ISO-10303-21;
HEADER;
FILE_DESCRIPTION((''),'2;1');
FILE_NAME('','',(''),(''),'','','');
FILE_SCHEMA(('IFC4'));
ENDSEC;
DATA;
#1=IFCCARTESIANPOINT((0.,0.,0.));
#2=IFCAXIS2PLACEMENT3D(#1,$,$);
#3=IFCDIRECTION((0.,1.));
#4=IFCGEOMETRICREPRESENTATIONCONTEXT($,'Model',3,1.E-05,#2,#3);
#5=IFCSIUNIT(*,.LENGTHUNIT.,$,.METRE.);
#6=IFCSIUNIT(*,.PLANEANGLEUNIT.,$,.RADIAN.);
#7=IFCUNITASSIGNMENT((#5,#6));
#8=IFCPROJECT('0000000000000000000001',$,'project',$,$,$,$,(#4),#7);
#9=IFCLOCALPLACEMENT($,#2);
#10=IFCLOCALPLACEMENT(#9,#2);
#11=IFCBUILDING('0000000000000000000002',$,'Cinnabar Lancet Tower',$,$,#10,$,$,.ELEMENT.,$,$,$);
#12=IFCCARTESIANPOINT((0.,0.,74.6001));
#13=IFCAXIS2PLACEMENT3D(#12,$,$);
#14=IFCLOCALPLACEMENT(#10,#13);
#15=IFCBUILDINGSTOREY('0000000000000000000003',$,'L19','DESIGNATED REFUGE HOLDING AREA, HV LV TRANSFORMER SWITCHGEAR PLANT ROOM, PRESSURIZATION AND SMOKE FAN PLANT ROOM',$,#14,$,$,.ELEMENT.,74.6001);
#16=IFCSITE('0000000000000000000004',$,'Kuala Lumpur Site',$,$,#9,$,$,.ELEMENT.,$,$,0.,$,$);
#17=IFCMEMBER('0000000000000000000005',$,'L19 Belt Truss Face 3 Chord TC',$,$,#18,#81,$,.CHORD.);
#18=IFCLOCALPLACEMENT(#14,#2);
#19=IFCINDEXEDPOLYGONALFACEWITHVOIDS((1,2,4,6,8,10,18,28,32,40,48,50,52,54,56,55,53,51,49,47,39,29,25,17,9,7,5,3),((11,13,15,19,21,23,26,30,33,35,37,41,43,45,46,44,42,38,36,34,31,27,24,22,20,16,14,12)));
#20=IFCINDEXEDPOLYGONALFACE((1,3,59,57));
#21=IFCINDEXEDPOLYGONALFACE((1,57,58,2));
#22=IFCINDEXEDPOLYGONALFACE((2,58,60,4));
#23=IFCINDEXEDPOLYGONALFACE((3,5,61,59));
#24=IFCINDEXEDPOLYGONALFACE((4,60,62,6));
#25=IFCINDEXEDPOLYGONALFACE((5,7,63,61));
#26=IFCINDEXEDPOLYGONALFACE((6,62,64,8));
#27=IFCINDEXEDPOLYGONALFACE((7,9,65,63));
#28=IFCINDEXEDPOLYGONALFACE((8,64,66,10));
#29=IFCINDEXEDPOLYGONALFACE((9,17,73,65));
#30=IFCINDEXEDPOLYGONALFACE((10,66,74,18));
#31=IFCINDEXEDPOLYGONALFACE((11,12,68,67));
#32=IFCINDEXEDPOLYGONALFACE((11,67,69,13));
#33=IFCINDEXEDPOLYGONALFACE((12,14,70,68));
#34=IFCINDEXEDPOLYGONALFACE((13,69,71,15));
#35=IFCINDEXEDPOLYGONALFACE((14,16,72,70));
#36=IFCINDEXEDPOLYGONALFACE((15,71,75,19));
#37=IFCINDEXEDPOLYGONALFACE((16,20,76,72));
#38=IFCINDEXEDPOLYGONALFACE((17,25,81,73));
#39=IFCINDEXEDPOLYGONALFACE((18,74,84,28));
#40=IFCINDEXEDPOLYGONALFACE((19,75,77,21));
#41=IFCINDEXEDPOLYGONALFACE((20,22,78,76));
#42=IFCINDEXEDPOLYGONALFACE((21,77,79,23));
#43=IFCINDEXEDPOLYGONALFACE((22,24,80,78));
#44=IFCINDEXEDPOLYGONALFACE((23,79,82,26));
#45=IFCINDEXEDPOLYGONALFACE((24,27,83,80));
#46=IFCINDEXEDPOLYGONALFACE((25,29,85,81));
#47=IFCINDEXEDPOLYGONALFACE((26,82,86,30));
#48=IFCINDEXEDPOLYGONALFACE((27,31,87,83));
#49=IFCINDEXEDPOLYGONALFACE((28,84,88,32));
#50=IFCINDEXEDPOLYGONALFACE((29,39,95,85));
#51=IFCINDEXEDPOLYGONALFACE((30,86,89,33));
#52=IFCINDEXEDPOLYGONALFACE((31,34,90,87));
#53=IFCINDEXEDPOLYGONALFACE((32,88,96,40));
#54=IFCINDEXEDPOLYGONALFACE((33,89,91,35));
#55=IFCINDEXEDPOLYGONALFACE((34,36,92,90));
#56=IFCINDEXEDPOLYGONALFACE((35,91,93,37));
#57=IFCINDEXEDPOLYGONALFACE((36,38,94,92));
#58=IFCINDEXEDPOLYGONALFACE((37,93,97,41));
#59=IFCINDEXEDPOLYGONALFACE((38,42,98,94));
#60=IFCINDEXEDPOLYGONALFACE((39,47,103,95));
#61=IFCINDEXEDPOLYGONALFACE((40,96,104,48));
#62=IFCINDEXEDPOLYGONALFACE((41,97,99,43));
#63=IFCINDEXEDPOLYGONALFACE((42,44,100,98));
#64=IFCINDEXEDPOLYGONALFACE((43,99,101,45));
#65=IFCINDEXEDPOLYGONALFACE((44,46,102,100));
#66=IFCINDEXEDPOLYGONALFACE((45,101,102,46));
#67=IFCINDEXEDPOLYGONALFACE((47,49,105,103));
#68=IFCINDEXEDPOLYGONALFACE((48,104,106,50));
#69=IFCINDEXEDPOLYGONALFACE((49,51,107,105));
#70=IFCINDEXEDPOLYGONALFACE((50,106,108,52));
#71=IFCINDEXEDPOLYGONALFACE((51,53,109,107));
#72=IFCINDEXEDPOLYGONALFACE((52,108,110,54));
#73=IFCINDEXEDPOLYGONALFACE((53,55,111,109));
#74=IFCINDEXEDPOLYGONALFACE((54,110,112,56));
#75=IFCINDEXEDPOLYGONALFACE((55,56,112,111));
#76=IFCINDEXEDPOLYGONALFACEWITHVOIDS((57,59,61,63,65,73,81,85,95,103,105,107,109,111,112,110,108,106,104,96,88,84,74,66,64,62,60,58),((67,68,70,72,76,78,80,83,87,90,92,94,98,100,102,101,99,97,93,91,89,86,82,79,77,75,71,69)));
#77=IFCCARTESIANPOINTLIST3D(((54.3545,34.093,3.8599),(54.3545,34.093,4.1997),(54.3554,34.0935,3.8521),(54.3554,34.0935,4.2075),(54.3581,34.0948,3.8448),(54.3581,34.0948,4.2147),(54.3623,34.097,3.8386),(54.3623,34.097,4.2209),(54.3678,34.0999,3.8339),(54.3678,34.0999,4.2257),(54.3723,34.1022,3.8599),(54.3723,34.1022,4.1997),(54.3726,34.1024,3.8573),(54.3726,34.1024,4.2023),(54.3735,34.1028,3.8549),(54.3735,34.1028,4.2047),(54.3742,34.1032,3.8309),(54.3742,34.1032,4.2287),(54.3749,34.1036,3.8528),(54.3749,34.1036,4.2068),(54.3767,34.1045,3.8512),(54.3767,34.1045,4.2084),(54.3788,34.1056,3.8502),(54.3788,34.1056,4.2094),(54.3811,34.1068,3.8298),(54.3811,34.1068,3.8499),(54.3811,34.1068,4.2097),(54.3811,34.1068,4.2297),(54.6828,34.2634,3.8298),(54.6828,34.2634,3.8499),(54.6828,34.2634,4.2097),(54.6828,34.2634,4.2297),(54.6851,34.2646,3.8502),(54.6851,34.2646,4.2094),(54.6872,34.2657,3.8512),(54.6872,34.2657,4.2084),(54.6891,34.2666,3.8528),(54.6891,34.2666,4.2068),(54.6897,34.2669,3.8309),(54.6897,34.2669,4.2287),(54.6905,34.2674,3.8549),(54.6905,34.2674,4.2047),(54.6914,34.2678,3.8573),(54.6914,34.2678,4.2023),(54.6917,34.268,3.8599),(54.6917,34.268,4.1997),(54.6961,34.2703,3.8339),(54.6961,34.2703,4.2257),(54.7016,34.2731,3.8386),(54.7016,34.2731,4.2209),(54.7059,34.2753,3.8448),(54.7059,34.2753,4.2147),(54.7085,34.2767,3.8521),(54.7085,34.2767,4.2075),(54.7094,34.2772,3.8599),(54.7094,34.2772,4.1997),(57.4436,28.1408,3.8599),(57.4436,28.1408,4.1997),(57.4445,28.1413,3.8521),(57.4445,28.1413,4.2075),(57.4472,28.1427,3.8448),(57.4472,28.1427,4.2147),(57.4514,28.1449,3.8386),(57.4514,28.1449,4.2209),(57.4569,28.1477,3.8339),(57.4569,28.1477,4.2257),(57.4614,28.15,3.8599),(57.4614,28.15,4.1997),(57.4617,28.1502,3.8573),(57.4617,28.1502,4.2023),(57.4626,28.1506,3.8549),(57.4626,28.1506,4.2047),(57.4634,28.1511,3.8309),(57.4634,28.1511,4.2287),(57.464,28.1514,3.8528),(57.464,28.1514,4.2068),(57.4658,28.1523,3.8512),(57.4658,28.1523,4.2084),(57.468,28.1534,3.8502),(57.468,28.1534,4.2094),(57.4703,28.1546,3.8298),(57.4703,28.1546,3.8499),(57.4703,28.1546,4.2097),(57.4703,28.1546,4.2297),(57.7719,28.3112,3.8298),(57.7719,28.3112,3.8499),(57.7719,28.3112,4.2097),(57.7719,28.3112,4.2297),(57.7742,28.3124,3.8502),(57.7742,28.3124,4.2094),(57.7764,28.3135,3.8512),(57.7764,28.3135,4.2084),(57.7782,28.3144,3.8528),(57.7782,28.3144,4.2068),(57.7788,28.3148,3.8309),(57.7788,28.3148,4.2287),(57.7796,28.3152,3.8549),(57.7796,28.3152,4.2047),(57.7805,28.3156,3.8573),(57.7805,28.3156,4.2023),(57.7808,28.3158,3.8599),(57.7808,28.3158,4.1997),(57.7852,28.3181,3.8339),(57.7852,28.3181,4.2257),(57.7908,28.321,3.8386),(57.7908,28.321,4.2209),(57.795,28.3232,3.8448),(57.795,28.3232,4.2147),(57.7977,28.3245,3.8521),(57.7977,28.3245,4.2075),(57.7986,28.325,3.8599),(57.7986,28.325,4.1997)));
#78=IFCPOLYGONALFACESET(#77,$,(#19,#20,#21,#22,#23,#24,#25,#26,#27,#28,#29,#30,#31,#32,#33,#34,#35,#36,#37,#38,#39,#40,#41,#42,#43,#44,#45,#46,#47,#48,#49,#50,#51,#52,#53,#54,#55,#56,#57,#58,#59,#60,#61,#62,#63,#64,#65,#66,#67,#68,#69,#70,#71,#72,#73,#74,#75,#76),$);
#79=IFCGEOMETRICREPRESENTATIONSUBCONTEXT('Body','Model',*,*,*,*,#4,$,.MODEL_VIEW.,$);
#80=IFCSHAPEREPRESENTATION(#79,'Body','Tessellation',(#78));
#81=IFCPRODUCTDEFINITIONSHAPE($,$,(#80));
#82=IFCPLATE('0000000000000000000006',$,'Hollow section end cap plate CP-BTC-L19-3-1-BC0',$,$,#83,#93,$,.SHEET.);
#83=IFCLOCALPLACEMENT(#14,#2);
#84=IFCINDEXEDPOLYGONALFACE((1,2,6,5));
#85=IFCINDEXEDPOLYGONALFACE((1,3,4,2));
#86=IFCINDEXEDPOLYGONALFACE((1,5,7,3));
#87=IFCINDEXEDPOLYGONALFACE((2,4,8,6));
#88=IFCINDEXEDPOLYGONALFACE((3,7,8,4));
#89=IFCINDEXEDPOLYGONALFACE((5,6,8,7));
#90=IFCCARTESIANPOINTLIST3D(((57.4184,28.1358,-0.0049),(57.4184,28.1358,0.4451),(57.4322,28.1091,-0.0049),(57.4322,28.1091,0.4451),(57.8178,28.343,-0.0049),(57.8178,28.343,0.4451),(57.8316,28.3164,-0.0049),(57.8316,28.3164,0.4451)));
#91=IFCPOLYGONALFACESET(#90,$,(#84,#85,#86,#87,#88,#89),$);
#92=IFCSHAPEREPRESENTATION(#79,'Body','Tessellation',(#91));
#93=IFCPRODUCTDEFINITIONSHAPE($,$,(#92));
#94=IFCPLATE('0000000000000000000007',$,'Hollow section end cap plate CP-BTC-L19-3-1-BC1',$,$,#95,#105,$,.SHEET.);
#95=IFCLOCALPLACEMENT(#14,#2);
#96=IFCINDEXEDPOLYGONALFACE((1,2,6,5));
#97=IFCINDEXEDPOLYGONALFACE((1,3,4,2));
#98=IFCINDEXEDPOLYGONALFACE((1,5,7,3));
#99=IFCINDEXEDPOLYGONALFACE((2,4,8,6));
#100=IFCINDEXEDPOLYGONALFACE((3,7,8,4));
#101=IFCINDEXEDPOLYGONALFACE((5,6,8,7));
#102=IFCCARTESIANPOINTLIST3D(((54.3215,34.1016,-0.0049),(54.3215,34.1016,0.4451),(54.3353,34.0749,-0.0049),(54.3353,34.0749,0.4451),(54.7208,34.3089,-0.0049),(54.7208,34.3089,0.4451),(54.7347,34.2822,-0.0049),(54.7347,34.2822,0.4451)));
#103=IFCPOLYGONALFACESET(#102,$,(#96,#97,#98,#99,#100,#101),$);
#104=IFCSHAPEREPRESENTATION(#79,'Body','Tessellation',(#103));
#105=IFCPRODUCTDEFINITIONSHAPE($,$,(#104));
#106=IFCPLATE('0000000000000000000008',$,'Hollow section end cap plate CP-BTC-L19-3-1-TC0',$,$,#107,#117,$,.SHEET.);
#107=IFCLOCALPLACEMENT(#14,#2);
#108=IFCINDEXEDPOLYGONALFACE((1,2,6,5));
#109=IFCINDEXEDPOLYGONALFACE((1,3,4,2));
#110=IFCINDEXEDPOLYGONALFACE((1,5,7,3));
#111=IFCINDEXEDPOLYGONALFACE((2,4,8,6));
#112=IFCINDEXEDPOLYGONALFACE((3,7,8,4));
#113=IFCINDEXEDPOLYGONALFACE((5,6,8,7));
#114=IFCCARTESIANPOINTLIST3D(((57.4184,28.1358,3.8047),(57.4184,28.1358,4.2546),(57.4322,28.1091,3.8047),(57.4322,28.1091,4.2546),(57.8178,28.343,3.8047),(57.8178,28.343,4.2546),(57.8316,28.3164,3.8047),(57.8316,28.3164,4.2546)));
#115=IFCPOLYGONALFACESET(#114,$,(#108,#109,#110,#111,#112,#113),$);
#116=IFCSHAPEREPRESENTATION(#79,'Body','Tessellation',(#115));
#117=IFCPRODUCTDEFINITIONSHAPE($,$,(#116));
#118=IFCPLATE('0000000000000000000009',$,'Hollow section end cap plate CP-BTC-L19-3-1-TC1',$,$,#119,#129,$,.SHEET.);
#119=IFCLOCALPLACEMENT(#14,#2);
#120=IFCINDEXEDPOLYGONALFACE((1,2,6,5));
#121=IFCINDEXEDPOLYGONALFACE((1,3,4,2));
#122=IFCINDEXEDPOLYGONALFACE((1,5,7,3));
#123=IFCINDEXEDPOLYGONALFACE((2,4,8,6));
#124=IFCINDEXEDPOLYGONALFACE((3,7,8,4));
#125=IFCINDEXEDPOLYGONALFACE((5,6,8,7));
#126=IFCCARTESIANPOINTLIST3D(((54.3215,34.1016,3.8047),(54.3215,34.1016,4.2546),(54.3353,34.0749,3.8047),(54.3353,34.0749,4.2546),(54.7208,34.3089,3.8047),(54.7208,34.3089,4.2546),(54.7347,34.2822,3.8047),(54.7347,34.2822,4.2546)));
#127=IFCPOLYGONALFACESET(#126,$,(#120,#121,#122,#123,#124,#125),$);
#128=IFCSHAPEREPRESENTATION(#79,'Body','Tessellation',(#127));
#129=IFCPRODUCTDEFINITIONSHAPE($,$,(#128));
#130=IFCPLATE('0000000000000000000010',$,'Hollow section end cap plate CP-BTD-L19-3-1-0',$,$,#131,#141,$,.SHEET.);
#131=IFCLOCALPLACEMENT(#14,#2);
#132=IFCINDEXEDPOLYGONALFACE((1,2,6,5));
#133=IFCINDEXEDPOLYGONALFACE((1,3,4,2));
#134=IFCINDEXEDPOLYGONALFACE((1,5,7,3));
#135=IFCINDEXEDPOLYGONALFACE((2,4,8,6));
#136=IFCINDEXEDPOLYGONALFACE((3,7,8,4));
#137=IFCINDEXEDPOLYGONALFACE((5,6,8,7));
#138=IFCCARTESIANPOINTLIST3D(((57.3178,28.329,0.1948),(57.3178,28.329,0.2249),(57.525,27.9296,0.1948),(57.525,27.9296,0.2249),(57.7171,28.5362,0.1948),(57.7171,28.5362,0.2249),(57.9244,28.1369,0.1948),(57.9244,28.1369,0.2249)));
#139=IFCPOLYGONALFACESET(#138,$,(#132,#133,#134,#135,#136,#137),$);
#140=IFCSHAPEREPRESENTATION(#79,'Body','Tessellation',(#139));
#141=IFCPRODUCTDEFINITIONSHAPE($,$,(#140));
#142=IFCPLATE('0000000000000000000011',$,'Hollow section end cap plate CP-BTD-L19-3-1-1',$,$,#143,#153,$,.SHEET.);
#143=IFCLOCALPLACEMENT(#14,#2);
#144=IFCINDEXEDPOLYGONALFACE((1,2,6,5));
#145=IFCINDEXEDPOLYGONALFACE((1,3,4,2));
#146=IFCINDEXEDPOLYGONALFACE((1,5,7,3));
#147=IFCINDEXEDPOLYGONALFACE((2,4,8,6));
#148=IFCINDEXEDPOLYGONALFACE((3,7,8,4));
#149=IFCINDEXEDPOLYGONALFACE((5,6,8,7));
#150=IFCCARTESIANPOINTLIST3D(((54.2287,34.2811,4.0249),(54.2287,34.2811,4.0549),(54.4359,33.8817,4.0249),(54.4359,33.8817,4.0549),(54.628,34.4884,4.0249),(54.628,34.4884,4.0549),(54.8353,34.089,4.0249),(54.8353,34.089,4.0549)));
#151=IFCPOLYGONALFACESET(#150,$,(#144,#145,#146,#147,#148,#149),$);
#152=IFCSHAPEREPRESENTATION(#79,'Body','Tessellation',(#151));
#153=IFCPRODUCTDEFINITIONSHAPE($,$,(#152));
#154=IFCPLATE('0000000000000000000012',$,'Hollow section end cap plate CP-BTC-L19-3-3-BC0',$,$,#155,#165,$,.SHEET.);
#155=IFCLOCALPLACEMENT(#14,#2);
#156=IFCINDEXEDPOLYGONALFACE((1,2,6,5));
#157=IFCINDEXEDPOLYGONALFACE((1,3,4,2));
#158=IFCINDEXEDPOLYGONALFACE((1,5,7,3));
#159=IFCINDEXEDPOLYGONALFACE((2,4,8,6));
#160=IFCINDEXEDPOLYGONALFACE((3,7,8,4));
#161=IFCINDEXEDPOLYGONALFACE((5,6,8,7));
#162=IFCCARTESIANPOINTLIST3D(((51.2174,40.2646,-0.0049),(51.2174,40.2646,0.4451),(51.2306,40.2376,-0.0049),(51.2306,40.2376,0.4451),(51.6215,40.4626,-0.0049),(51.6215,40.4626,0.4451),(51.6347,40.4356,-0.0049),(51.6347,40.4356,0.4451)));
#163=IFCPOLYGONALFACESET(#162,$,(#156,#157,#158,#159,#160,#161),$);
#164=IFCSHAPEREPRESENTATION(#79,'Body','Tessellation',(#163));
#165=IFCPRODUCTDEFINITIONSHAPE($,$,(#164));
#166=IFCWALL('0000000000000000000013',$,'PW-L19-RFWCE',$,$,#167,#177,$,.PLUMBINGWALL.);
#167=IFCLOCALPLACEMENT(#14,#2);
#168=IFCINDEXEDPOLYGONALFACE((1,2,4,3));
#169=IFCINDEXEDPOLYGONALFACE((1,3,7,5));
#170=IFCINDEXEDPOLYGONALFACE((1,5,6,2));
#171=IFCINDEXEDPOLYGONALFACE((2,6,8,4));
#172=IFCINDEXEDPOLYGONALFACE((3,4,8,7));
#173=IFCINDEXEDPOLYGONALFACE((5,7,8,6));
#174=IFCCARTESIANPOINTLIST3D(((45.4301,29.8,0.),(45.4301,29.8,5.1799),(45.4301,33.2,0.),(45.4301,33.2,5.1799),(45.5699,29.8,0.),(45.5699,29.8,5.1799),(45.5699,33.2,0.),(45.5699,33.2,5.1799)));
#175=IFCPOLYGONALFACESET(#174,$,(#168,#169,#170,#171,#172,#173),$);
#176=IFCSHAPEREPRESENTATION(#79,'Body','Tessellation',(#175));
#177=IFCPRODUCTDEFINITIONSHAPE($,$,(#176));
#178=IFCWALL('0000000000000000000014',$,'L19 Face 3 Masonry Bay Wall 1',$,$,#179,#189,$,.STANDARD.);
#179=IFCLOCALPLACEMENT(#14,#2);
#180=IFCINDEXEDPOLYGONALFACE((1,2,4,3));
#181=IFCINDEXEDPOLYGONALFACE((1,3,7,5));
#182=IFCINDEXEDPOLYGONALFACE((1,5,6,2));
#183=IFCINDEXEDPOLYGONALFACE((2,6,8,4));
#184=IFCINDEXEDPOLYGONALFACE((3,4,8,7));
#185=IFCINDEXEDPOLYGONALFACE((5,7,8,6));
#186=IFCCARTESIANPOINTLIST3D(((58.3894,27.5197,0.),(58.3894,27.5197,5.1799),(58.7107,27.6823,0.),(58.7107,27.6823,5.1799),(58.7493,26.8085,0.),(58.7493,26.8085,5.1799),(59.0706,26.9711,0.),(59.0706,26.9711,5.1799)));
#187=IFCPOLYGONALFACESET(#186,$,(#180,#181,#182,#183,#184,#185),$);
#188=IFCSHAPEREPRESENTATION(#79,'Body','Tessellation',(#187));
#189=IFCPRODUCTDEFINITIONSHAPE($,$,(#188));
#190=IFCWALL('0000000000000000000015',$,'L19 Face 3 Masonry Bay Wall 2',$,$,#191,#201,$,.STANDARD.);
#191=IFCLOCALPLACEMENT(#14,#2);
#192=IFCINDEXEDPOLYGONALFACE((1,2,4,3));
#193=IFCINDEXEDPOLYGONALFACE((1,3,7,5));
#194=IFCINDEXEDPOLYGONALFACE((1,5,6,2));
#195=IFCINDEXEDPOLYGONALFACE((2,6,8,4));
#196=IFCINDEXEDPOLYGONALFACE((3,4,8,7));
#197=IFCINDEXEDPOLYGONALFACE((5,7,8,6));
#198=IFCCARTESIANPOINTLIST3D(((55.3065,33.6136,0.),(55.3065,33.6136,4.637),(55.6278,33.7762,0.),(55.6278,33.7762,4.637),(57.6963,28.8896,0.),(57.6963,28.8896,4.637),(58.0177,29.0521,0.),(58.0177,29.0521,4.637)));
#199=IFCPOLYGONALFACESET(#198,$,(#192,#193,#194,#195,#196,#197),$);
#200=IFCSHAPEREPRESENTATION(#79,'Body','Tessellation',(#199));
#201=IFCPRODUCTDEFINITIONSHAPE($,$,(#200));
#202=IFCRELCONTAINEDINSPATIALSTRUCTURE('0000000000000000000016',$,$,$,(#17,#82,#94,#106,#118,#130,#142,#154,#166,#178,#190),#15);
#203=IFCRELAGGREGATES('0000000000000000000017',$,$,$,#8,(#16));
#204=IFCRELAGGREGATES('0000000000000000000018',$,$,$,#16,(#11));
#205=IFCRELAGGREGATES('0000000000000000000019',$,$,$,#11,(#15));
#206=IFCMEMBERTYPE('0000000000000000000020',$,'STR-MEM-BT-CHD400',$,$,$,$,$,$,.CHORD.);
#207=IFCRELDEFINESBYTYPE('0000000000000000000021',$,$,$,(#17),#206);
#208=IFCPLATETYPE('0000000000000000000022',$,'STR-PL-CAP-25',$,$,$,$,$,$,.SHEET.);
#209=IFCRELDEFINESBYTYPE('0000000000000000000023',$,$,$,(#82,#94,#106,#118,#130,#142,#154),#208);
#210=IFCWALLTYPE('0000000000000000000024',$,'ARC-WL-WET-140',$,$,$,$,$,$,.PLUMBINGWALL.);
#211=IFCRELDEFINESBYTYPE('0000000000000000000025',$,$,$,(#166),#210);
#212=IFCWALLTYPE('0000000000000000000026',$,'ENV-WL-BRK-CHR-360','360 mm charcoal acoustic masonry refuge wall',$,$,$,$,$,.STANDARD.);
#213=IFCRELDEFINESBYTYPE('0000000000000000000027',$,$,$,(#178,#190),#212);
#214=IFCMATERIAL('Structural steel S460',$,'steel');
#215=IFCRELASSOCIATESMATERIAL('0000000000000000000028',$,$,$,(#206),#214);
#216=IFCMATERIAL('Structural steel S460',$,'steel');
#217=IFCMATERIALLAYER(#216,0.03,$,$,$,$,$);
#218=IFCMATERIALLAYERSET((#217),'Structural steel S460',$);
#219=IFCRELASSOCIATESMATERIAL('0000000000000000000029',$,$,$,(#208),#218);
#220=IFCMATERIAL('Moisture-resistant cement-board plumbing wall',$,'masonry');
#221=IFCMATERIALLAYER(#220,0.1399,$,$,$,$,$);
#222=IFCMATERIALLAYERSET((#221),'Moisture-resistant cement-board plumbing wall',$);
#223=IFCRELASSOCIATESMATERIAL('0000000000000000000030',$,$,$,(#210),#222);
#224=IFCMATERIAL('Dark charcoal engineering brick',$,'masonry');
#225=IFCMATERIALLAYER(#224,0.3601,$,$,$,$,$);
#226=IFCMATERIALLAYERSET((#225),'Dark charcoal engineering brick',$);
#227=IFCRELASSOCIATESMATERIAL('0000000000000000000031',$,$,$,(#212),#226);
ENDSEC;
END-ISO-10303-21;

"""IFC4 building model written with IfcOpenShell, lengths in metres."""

from ifc_helpers import new_model, si_unit, direction, frame, frame_2d, origin, origin_2d, place, context, subcontext, project, spatial, rectangle, hollow_rectangle, extrude, material, layer, layer_set, material_profile, profile_set, type_object, element, save


model = new_model("IFC4")

# Units and contexts
model_context = context("Model", 3, precision=1e-05, world=origin(), true_north=direction((0.0, 1.0)))
body_context = subcontext(model_context, "Body", "Model", "MODEL_VIEW")
ifc_project = project(units=[si_unit("LENGTHUNIT", "METRE"), si_unit("PLANEANGLEUNIT", "RADIAN")], contexts=[model_context])

# Site, building, storey
site_placement = place(None, origin())
site = spatial("IfcSite", under=ifc_project, at=site_placement, Name="Kuala Lumpur Site", CompositionType="ELEMENT", RefElevation=0.0)
building_placement = place(site_placement, origin())
building = spatial("IfcBuilding", under=site, at=building_placement, Name="Cinnabar Lancet Tower", CompositionType="ELEMENT")
storey_placement = place(building_placement, frame((0.0, 0.0, 74.6001)))
storey = spatial("IfcBuildingStorey", under=building, at=storey_placement, Name="L19", Description="DESIGNATED REFUGE HOLDING AREA, HV LV TRANSFORMER SWITCHGEAR PLANT ROOM, PRESSURIZATION AND SMOKE FAN PLANT ROOM", CompositionType="ELEMENT", Elevation=74.6001)

# Member
ifc_material_1 = material(Name="Structural steel S460", Category="steel")
ifc_material_profile_1 = material_profile(ifc_material_1, hollow_rectangle(XDim=0.3999, YDim=0.3999, WallThickness=0.02, InnerFilletRadius=0.01, OuterFilletRadius=0.03, at=origin_2d()), Name="SHS 400x400x20")
ifc_profile_set_1 = profile_set([ifc_material_profile_1], Name="Structural steel S460")
member_type_1 = type_object("IfcMemberType", Name="STR-MEM-BT-CHD400", PredefinedType="CHORD", material=ifc_profile_set_1)
for number, where, z_axis, x_axis, name in (
    (1, (57.6211, 28.2329, 4.0298), (-0.460648, 0.887583, 0.0), (-0.887583, -0.460648, 0.0), "L19 Belt Truss Face 3 Chord TC"),
):
    element("IfcMember", number, at=place(storey_placement, frame(where, z_axis=z_axis, x_axis=x_axis)), inside=storey, type_object=member_type_1, Name=name, PredefinedType="CHORD", context=body_context, shape_type="SweptSolid", body=[
        extrude(hollow_rectangle(XDim=0.3999, YDim=0.3999, WallThickness=0.02, InnerFilletRadius=0.01, OuterFilletRadius=0.03, at=origin_2d()), origin(), (0.0, 0.0, 1.0), 6.7061),
    ])

# Plates
ifc_material_2 = material(Name="Structural steel S460", Category="steel")
ifc_layer_1 = layer(ifc_material_2, 0.03)
ifc_layer_set_1 = layer_set([ifc_layer_1], Name="Structural steel S460")
plate_type = type_object("IfcPlateType", Name="STR-PL-CAP-25", PredefinedType="SHEET", material=ifc_layer_set_1)
for number, where, z_axis, x_axis, name in (
    (2, (57.625, 28.2261, -0.0049), (0.0, 0.0, 1.0), (0.460649, -0.887582, 0.0), "Hollow section end cap plate CP-BTC-L19-3-1-BC0"),
    (3, (54.5281, 34.1919, -0.0049), (0.0, 0.0, 1.0), (-0.460649, 0.887582, 0.0), "Hollow section end cap plate CP-BTC-L19-3-1-BC1"),
    (4, (57.625, 28.2261, 3.8047), (0.0, 0.0, 1.0), (0.460649, -0.887582, 0.0), "Hollow section end cap plate CP-BTC-L19-3-1-TC0"),
    (5, (54.5281, 34.1919, 3.8047), (0.0, 0.0, 1.0), (-0.460649, 0.887582, 0.0), "Hollow section end cap plate CP-BTC-L19-3-1-TC1"),
):
    element("IfcPlate", number, at=place(storey_placement, frame(where, z_axis=z_axis, x_axis=x_axis)), inside=storey, type_object=plate_type, Name=name, PredefinedType="SHEET", context=body_context, shape_type="SweptSolid", body=[
        extrude(rectangle(XDim=0.03, YDim=0.45, at=origin_2d()), origin(), (0.0, 0.0, 1.0), 0.45),
    ])
for number, where, z_axis, x_axis, name in (
    (6, (57.6211, 28.2329, 0.1948), (0.0, 0.0, 1.0), (0.460649, -0.887582, 0.0), "Hollow section end cap plate CP-BTD-L19-3-1-0"),
    (7, (54.532, 34.1851, 4.0249), (0.0, 0.0, 1.0), (-0.460649, 0.887582, 0.0), "Hollow section end cap plate CP-BTD-L19-3-1-1"),
):
    element("IfcPlate", number, at=place(storey_placement, frame(where, z_axis=z_axis, x_axis=x_axis)), inside=storey, type_object=plate_type, Name=name, PredefinedType="SHEET", context=body_context, shape_type="SweptSolid", body=[
        extrude(rectangle(XDim=0.45, YDim=0.45, at=origin_2d()), origin(), (0.0, 0.0, 1.0), 0.03),
    ])
plate_placement = place(storey_placement, frame((51.426, 40.3501, -0.0049), z_axis=(0.0, 0.0, 1.0), x_axis=(0.439939, -0.898028, 0.0)))
element("IfcPlate", 8, at=plate_placement, inside=storey, type_object=plate_type, Name="Hollow section end cap plate CP-BTC-L19-3-3-BC0", PredefinedType="SHEET", context=body_context, shape_type="SweptSolid", body=[
    extrude(rectangle(XDim=0.03, YDim=0.45, at=origin_2d()), origin(), (0.0, 0.0, 1.0), 0.45),
])

# Walls
ifc_material_3 = material(Name="Moisture-resistant cement-board plumbing wall", Category="masonry")
ifc_layer_2 = layer(ifc_material_3, 0.1399)
ifc_layer_set_2 = layer_set([ifc_layer_2], Name="Moisture-resistant cement-board plumbing wall")
wall_type_1 = type_object("IfcWallType", Name="ARC-WL-WET-140", PredefinedType="PLUMBINGWALL", material=ifc_layer_set_2)
wall_1_placement = place(storey_placement, frame((45.5, 29.8, 0.0), z_axis=(0.0, 0.0, 1.0), x_axis=(0.0, 1.0, 0.0)))
element("IfcWall", 9, at=wall_1_placement, inside=storey, type_object=wall_type_1, Name="PW-L19-RFWCE", PredefinedType="PLUMBINGWALL", context=body_context, shape_type="SweptSolid", body=[
    extrude(rectangle(XDim=3.3999, YDim=0.1399, at=frame_2d((1.7, 0.0))), origin(), (0.0, 0.0, 1.0), 5.1799),
])
ifc_material_4 = material(Name="Dark charcoal engineering brick", Category="masonry")
ifc_layer_3 = layer(ifc_material_4, 0.3601)
ifc_layer_set_3 = layer_set([ifc_layer_3], Name="Dark charcoal engineering brick")
wall_type_2 = type_object("IfcWallType", Name="ENV-WL-BRK-CHR-360", Description="360 mm charcoal acoustic masonry refuge wall", PredefinedType="STANDARD", material=ifc_layer_set_3)
wall_2_placement = place(storey_placement, frame((58.9099, 26.8899, 0.0), z_axis=(0.0, 0.0, 1.0), x_axis=(-0.451497, 0.892273, 0.0)))
element("IfcWall", 10, at=wall_2_placement, inside=storey, type_object=wall_type_2, Name="L19 Face 3 Masonry Bay Wall 1", PredefinedType="STANDARD", context=body_context, shape_type="SweptSolid", body=[
    extrude(rectangle(XDim=0.7971, YDim=0.3601, at=frame_2d((0.3984, 0.0))), origin(), (0.0, 0.0, 1.0), 5.1799),
])
wall_3_placement = place(storey_placement, frame((57.8569, 28.9709, 0.0), z_axis=(0.0, 0.0, 1.0), x_axis=(-0.451414, 0.892314, 0.0)))
element("IfcWall", 11, at=wall_3_placement, inside=storey, type_object=wall_type_2, Name="L19 Face 3 Masonry Bay Wall 2", PredefinedType="STANDARD", context=body_context, shape_type="SweptSolid", body=[
    extrude(rectangle(XDim=5.2942, YDim=0.3601, at=frame_2d((2.647, 0.0))), origin(), (0.0, 0.0, 1.0), 4.637),
])

save(model, "model.ifc")
